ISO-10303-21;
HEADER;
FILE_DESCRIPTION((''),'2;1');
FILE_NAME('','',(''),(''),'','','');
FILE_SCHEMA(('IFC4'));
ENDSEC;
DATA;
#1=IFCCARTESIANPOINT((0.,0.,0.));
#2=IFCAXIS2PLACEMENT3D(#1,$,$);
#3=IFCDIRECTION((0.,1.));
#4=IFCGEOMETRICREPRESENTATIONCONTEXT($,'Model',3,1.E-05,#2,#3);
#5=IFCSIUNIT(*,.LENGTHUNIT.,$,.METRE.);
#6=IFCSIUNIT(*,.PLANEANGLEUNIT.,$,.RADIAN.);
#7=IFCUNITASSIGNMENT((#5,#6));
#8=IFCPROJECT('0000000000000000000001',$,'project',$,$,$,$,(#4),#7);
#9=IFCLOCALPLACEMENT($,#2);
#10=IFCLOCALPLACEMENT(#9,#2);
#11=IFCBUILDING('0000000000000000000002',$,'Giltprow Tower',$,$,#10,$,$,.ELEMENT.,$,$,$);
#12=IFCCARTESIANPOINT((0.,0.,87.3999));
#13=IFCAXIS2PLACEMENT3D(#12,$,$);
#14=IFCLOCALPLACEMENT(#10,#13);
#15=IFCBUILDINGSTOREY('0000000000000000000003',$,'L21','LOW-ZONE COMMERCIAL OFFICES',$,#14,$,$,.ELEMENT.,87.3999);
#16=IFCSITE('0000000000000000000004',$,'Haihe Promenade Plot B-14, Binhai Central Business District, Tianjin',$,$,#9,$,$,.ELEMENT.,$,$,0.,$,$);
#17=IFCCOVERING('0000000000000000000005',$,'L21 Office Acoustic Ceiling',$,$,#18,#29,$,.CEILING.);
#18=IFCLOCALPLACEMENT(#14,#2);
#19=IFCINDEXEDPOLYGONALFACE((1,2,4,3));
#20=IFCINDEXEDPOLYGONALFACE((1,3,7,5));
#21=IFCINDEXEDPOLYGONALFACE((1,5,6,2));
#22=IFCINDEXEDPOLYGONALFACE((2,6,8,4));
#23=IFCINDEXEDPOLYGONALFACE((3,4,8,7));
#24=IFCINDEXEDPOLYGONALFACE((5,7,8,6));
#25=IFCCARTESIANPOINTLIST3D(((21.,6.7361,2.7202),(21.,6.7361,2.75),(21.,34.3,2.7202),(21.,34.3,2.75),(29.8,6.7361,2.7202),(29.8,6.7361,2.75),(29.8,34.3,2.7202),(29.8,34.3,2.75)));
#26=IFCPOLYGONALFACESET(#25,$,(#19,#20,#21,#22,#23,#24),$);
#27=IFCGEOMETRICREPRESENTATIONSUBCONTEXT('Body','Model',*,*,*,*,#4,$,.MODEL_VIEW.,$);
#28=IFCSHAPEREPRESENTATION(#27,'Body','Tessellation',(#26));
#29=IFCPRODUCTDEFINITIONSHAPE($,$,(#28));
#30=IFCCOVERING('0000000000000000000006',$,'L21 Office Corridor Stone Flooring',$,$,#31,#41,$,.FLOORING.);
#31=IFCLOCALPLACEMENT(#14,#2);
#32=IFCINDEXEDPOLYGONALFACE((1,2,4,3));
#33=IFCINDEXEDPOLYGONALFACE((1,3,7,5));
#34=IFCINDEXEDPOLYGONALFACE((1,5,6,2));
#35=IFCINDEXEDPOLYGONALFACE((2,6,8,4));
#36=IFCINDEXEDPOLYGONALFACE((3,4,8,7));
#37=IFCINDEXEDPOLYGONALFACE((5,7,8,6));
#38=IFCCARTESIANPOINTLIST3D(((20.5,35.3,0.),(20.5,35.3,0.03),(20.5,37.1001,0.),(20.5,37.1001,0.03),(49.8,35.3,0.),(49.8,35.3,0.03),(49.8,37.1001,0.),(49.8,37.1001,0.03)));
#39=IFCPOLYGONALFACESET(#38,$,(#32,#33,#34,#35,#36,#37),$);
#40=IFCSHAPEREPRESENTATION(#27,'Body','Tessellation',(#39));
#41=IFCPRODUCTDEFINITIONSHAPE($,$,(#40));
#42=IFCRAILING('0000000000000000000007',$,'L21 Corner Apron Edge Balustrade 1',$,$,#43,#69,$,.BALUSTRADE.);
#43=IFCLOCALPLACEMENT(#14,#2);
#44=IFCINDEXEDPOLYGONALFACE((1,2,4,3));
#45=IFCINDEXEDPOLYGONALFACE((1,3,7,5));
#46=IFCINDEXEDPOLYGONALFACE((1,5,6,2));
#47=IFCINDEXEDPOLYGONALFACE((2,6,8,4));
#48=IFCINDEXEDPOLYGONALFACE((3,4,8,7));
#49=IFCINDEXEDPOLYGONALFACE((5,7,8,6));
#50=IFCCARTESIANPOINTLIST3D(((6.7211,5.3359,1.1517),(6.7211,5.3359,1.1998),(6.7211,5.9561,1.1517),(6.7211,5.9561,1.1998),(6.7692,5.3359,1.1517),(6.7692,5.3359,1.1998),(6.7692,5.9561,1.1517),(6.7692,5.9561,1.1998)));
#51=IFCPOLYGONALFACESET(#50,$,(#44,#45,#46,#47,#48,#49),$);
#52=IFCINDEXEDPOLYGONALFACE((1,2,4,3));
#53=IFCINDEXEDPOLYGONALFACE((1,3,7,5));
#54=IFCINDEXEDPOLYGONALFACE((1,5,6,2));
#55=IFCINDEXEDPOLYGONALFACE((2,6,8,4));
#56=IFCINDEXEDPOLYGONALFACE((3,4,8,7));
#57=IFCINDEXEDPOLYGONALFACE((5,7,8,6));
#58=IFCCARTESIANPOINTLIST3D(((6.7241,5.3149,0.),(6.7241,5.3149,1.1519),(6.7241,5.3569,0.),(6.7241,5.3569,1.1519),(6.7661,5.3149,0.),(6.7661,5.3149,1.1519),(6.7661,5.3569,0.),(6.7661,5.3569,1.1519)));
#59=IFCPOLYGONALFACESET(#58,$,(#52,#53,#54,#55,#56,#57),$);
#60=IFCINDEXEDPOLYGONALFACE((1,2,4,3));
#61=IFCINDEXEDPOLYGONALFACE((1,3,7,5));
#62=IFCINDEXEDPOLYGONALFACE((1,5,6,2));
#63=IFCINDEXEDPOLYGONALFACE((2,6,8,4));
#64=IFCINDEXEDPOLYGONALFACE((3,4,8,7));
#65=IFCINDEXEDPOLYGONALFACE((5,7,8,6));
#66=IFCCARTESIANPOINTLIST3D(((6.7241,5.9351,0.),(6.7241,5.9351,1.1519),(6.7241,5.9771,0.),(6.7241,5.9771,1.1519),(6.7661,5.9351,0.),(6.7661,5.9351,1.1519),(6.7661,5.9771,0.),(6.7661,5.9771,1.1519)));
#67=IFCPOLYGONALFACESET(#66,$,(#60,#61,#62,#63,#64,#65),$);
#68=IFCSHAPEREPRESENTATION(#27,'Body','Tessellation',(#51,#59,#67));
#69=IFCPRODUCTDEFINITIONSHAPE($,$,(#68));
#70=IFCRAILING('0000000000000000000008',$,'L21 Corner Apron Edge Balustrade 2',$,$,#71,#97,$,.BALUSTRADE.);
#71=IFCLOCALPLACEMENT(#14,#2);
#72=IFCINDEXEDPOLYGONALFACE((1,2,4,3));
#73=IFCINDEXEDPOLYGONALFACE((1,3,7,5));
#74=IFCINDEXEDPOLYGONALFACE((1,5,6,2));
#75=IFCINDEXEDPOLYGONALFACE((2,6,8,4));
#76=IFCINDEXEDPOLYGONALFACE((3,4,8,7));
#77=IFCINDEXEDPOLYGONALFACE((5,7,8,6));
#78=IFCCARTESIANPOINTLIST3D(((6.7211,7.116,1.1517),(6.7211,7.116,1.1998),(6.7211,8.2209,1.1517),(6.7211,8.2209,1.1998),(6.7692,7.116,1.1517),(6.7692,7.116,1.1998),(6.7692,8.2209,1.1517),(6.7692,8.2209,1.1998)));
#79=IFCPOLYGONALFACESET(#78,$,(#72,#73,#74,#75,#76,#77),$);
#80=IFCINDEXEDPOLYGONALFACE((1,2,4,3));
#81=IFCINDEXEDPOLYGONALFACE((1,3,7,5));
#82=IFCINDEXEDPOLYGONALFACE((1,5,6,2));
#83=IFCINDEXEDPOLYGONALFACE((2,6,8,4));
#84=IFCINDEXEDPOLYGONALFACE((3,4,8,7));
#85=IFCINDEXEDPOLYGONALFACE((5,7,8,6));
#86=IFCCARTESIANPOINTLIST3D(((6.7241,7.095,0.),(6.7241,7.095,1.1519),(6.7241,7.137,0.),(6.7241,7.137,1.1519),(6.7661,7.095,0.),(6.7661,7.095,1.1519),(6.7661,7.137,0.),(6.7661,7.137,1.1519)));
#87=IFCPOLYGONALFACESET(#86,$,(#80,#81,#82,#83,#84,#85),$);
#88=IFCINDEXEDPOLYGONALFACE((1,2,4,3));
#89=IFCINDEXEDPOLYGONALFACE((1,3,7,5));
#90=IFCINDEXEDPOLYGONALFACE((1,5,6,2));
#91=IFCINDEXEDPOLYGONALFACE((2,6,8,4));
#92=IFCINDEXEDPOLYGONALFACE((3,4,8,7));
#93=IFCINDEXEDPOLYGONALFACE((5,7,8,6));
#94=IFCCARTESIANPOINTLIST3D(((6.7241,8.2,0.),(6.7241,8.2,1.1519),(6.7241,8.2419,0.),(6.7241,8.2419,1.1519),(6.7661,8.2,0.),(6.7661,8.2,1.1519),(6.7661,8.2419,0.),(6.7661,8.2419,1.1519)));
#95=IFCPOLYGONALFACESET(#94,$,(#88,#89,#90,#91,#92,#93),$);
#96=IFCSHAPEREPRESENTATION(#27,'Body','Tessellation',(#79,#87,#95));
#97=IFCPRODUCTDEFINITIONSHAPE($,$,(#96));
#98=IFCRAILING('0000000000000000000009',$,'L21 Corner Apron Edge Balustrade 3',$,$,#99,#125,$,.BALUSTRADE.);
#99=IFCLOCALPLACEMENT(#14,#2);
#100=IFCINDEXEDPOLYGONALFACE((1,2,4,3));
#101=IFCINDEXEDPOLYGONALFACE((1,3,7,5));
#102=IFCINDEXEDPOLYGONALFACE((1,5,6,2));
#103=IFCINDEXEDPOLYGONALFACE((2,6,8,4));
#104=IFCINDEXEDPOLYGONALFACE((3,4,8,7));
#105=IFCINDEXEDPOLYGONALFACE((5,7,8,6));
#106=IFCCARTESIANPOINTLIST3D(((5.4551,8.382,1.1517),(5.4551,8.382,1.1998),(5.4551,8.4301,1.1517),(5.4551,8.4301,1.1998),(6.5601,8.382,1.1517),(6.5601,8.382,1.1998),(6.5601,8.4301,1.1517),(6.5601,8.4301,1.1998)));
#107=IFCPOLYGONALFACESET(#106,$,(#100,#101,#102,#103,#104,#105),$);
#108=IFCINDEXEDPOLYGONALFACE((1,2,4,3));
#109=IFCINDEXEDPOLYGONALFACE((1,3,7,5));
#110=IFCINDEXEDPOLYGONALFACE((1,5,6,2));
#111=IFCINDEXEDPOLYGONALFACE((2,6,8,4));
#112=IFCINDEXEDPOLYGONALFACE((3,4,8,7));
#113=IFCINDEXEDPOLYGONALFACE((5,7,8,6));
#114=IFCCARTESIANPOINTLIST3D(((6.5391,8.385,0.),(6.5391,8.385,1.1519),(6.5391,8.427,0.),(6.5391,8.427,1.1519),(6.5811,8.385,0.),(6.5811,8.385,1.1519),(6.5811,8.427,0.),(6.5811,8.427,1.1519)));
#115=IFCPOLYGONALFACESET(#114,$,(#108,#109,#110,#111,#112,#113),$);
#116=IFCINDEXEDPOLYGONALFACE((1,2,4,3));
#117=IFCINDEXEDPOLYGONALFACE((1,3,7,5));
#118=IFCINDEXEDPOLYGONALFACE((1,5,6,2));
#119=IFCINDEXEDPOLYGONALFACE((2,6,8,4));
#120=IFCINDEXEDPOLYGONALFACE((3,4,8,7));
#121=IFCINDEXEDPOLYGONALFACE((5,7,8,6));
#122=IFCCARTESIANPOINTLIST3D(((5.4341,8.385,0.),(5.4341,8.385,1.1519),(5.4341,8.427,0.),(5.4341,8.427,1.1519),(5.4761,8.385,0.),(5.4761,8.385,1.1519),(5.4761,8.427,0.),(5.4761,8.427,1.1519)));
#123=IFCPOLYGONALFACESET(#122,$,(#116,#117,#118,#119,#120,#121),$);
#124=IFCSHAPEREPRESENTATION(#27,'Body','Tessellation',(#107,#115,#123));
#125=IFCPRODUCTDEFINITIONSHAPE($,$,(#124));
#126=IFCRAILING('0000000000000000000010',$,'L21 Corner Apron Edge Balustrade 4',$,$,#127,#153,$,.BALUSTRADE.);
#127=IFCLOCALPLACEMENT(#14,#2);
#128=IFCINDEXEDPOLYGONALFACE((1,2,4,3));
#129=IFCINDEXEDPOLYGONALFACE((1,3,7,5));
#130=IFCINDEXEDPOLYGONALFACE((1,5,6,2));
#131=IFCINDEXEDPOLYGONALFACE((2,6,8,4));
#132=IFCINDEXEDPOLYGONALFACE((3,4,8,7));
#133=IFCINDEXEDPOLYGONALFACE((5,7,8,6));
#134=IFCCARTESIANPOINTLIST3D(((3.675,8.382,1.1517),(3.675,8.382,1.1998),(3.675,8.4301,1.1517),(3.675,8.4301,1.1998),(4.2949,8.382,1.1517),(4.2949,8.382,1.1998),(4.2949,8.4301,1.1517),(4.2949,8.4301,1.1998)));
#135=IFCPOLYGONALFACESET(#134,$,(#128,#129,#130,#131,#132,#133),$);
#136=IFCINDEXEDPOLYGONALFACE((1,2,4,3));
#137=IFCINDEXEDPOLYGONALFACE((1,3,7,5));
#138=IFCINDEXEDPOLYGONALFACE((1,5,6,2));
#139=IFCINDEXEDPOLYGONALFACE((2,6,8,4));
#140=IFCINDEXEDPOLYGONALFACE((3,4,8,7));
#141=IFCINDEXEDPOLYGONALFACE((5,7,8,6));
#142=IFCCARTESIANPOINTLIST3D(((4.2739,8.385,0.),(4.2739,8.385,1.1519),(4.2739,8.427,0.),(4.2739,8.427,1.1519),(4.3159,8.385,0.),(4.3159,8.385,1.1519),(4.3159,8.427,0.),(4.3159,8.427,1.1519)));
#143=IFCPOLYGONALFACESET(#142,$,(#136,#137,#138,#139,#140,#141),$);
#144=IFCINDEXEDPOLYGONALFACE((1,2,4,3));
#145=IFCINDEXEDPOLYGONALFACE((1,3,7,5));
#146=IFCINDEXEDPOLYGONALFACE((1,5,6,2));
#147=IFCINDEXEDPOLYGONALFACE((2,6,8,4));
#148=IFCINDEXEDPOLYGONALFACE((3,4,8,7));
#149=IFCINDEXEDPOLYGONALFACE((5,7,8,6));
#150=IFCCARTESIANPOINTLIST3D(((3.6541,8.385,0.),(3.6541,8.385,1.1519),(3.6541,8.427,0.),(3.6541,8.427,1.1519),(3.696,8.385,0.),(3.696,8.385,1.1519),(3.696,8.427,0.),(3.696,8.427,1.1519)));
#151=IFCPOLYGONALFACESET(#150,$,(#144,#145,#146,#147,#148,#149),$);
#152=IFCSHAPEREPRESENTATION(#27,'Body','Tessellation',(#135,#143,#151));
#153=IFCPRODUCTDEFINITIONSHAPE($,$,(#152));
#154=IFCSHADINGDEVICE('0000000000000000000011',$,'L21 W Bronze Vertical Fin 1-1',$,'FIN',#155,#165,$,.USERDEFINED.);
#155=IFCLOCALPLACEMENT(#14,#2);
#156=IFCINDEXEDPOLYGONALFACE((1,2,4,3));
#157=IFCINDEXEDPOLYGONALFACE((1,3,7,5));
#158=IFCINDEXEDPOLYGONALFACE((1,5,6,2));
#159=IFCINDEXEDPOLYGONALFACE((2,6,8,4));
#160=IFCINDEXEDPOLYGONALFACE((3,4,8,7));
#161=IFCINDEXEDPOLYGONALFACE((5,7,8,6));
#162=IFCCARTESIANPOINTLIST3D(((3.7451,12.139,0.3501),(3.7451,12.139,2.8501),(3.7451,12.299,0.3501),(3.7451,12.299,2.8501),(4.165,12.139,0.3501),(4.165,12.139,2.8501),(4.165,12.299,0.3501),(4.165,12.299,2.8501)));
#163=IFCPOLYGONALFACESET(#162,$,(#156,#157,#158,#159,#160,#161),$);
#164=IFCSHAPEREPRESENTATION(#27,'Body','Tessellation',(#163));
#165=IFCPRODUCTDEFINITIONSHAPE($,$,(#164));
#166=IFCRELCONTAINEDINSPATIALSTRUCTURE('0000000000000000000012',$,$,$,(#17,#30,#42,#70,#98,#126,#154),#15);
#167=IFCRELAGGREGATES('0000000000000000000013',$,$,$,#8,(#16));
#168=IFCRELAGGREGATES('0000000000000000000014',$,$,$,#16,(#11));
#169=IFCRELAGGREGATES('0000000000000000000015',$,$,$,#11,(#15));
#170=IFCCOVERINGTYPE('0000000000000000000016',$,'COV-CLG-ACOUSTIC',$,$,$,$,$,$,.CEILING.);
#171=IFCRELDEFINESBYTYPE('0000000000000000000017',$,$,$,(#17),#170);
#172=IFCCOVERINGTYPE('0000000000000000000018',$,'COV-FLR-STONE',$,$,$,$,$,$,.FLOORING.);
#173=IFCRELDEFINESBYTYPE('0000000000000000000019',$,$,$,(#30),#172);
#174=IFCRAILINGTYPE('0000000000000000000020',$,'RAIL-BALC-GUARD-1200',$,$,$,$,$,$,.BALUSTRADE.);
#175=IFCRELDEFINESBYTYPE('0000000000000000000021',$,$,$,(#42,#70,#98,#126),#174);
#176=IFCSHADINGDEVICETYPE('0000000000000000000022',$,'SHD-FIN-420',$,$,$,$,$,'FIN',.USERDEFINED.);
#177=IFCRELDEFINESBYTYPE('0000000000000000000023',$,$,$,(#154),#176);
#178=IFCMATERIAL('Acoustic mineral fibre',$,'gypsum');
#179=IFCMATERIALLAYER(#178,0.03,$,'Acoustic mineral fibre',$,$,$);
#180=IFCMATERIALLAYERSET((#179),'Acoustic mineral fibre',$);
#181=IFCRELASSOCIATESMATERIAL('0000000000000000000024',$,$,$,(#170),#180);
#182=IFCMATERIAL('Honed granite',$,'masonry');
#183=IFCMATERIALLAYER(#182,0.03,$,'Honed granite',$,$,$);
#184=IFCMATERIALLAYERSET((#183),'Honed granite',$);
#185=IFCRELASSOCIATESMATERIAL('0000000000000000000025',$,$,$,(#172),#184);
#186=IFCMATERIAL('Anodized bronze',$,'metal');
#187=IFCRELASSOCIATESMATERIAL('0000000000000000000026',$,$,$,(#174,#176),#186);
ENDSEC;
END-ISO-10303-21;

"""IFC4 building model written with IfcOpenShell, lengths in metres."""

from ifc_helpers import new_model, si_unit, direction, frame, origin, origin_2d, place, context, subcontext, project, spatial, polyline, rectangle, outline, extrude, source, transform, mapped, material, layer, layer_set, type_object, element, save


model = new_model("IFC4")

# Units and contexts
model_context = context("Model", 3, precision=1e-05, world=origin(), true_north=direction((0.0, 1.0)))
body_context = subcontext(model_context, "Body", "Model", "MODEL_VIEW")
ifc_project = project(units=[si_unit("LENGTHUNIT", "METRE"), si_unit("PLANEANGLEUNIT", "RADIAN")], contexts=[model_context])

# Site, building, storey
site_placement = place(None, origin())
site = spatial("IfcSite", under=ifc_project, at=site_placement, Name="Haihe Promenade Plot B-14, Binhai Central Business District, Tianjin", CompositionType="ELEMENT", RefElevation=0.0)
building_placement = place(site_placement, origin())
building = spatial("IfcBuilding", under=site, at=building_placement, Name="Giltprow Tower", CompositionType="ELEMENT")
storey_placement = place(building_placement, frame((0.0, 0.0, 87.3999)))
storey = spatial("IfcBuildingStorey", under=building, at=storey_placement, Name="L21", Description="LOW-ZONE COMMERCIAL OFFICES", CompositionType="ELEMENT", Elevation=87.3999)

# Shared definitions
ifc_material_1 = material(Name="Anodized bronze", Category="metal")

# Coverings
ifc_material_2 = material(Name="Acoustic mineral fibre", Category="gypsum")
ifc_layer_1 = layer(ifc_material_2, 0.03, Name="Acoustic mineral fibre")
ifc_layer_set_1 = layer_set([ifc_layer_1], Name="Acoustic mineral fibre")
covering_type_1 = type_object("IfcCoveringType", Name="COV-CLG-ACOUSTIC", PredefinedType="CEILING", material=ifc_layer_set_1)
covering_1_placement = place(storey_placement, frame((0.0, 0.0, 2.7202)))
element("IfcCovering", 1, at=covering_1_placement, inside=storey, type_object=covering_type_1, Name="L21 Office Acoustic Ceiling", PredefinedType="CEILING", context=body_context, shape_type="SweptSolid", body=[
    extrude(outline(polyline([(21.0, 6.7361), (29.8, 6.7361), (29.8, 34.3), (21.0, 34.3), (21.0, 6.7361)])), origin(), (0.0, 0.0, 1.0), 0.0298),
])
ifc_material_3 = material(Name="Honed granite", Category="masonry")
ifc_layer_2 = layer(ifc_material_3, 0.03, Name="Honed granite")
ifc_layer_set_2 = layer_set([ifc_layer_2], Name="Honed granite")
covering_type_2 = type_object("IfcCoveringType", Name="COV-FLR-STONE", PredefinedType="FLOORING", material=ifc_layer_set_2)
covering_2_placement = place(storey_placement, origin())
element("IfcCovering", 2, at=covering_2_placement, inside=storey, type_object=covering_type_2, Name="L21 Office Corridor Stone Flooring", PredefinedType="FLOORING", context=body_context, shape_type="SweptSolid", body=[
    extrude(outline(polyline([(20.5, 35.3), (49.8, 35.3), (49.8, 37.1001), (20.5, 37.1001), (20.5, 35.3)])), origin(), (0.0, 0.0, 1.0), 0.03),
])

# Railings
railing_type = type_object("IfcRailingType", Name="RAIL-BALC-GUARD-1200", PredefinedType="BALUSTRADE", material=ifc_material_1)
railing_1_placement = place(storey_placement, frame((6.7451, 5.3359, 0.0)))
element("IfcRailing", 3, at=railing_1_placement, inside=storey, type_object=railing_type, Name="L21 Corner Apron Edge Balustrade 1", PredefinedType="BALUSTRADE", context=body_context, shape_type="SweptSolid", body=[
    extrude(rectangle(XDim=0.0481, YDim=0.0481, at=origin_2d()), frame((0.0, 0.0, 1.1758), z_axis=(0.0, 1.0, 0.0), x_axis=(-1.0, 0.0, 0.0)), (0.0, 0.0, 1.0), 0.6201),
    extrude(rectangle(XDim=0.042, YDim=0.042, at=origin_2d()), origin(), (0.0, 0.0, 1.0), 1.1519),
    extrude(rectangle(XDim=0.042, YDim=0.042, at=origin_2d()), frame((0.0, 0.6201, 0.0)), (0.0, 0.0, 1.0), 1.1519),
])
railing_2_placement = place(storey_placement, frame((6.7451, 7.116, 0.0)))
element("IfcRailing", 4, at=railing_2_placement, inside=storey, type_object=railing_type, Name="L21 Corner Apron Edge Balustrade 2", PredefinedType="BALUSTRADE", context=body_context, shape_type="SweptSolid", body=[
    extrude(rectangle(XDim=0.0481, YDim=0.0481, at=origin_2d()), frame((0.0, 0.0, 1.1758), z_axis=(0.0, 1.0, 0.0), x_axis=(-1.0, 0.0, 0.0)), (0.0, 0.0, 1.0), 1.105),
    extrude(rectangle(XDim=0.042, YDim=0.042, at=origin_2d()), origin(), (0.0, 0.0, 1.0), 1.1519),
    extrude(rectangle(XDim=0.042, YDim=0.042, at=origin_2d()), frame((0.0, 1.105, 0.0)), (0.0, 0.0, 1.0), 1.1519),
])
railing_3_placement = place(storey_placement, frame((6.5601, 8.406, 0.0)))
element("IfcRailing", 5, at=railing_3_placement, inside=storey, type_object=railing_type, Name="L21 Corner Apron Edge Balustrade 3", PredefinedType="BALUSTRADE", context=body_context, shape_type="SweptSolid", body=[
    extrude(rectangle(XDim=0.0481, YDim=0.0481, at=origin_2d()), frame((0.0, 0.0, 1.1758), z_axis=(-1.0, 0.0, 0.0), x_axis=(0.0, -1.0, 0.0)), (0.0, 0.0, 1.0), 1.105),
    extrude(rectangle(XDim=0.042, YDim=0.042, at=origin_2d()), origin(), (0.0, 0.0, 1.0), 1.1519),
    extrude(rectangle(XDim=0.042, YDim=0.042, at=origin_2d()), frame((-1.105, 0.0, 0.0)), (0.0, 0.0, 1.0), 1.1519),
])
railing_4_placement = place(storey_placement, frame((4.2949, 8.406, 0.0)))
element("IfcRailing", 6, at=railing_4_placement, inside=storey, type_object=railing_type, Name="L21 Corner Apron Edge Balustrade 4", PredefinedType="BALUSTRADE", context=body_context, shape_type="SweptSolid", body=[
    extrude(rectangle(XDim=0.0481, YDim=0.0481, at=origin_2d()), frame((0.0, 0.0, 1.1758), z_axis=(-1.0, 0.0, 0.0), x_axis=(0.0, -1.0, 0.0)), (0.0, 0.0, 1.0), 0.6199),
    extrude(rectangle(XDim=0.042, YDim=0.042, at=origin_2d()), origin(), (0.0, 0.0, 1.0), 1.1519),
    extrude(rectangle(XDim=0.042, YDim=0.042, at=origin_2d()), frame((-0.6199, 0.0, 0.0)), (0.0, 0.0, 1.0), 1.1519),
])

# Shading device
shading_device_type = type_object("IfcShadingDeviceType", Name="SHD-FIN-420", ElementType="FIN", PredefinedType="USERDEFINED", material=ifc_material_1)
shared_shape_1 = source(origin(), body_context, "Body", "SweptSolid", [
    extrude(rectangle(XDim=0.4199, YDim=0.1599, at=origin_2d()), origin(), (0.0, 0.0, 1.0), 2.5),
])
shading_device_placement = place(storey_placement, frame((3.9551, 12.219, 0.3501), z_axis=(0.0, 0.0, 1.0), x_axis=(1.0, 0.0, 0.0)))
element("IfcShadingDevice", 7, at=shading_device_placement, inside=storey, type_object=shading_device_type, Name="L21 W Bronze Vertical Fin 1-1", ObjectType="FIN", PredefinedType="USERDEFINED", context=body_context, shape_type="MappedRepresentation", body=[
    mapped(shared_shape_1, transform((0.0, 0.0, 0.0), x_axis=(1.0, 0.0, 0.0), y_axis=(0.0, 1.0, 0.0), z_axis=(0.0, 0.0, 1.0), scale=1.0)),
])

save(model, "model.ifc")
